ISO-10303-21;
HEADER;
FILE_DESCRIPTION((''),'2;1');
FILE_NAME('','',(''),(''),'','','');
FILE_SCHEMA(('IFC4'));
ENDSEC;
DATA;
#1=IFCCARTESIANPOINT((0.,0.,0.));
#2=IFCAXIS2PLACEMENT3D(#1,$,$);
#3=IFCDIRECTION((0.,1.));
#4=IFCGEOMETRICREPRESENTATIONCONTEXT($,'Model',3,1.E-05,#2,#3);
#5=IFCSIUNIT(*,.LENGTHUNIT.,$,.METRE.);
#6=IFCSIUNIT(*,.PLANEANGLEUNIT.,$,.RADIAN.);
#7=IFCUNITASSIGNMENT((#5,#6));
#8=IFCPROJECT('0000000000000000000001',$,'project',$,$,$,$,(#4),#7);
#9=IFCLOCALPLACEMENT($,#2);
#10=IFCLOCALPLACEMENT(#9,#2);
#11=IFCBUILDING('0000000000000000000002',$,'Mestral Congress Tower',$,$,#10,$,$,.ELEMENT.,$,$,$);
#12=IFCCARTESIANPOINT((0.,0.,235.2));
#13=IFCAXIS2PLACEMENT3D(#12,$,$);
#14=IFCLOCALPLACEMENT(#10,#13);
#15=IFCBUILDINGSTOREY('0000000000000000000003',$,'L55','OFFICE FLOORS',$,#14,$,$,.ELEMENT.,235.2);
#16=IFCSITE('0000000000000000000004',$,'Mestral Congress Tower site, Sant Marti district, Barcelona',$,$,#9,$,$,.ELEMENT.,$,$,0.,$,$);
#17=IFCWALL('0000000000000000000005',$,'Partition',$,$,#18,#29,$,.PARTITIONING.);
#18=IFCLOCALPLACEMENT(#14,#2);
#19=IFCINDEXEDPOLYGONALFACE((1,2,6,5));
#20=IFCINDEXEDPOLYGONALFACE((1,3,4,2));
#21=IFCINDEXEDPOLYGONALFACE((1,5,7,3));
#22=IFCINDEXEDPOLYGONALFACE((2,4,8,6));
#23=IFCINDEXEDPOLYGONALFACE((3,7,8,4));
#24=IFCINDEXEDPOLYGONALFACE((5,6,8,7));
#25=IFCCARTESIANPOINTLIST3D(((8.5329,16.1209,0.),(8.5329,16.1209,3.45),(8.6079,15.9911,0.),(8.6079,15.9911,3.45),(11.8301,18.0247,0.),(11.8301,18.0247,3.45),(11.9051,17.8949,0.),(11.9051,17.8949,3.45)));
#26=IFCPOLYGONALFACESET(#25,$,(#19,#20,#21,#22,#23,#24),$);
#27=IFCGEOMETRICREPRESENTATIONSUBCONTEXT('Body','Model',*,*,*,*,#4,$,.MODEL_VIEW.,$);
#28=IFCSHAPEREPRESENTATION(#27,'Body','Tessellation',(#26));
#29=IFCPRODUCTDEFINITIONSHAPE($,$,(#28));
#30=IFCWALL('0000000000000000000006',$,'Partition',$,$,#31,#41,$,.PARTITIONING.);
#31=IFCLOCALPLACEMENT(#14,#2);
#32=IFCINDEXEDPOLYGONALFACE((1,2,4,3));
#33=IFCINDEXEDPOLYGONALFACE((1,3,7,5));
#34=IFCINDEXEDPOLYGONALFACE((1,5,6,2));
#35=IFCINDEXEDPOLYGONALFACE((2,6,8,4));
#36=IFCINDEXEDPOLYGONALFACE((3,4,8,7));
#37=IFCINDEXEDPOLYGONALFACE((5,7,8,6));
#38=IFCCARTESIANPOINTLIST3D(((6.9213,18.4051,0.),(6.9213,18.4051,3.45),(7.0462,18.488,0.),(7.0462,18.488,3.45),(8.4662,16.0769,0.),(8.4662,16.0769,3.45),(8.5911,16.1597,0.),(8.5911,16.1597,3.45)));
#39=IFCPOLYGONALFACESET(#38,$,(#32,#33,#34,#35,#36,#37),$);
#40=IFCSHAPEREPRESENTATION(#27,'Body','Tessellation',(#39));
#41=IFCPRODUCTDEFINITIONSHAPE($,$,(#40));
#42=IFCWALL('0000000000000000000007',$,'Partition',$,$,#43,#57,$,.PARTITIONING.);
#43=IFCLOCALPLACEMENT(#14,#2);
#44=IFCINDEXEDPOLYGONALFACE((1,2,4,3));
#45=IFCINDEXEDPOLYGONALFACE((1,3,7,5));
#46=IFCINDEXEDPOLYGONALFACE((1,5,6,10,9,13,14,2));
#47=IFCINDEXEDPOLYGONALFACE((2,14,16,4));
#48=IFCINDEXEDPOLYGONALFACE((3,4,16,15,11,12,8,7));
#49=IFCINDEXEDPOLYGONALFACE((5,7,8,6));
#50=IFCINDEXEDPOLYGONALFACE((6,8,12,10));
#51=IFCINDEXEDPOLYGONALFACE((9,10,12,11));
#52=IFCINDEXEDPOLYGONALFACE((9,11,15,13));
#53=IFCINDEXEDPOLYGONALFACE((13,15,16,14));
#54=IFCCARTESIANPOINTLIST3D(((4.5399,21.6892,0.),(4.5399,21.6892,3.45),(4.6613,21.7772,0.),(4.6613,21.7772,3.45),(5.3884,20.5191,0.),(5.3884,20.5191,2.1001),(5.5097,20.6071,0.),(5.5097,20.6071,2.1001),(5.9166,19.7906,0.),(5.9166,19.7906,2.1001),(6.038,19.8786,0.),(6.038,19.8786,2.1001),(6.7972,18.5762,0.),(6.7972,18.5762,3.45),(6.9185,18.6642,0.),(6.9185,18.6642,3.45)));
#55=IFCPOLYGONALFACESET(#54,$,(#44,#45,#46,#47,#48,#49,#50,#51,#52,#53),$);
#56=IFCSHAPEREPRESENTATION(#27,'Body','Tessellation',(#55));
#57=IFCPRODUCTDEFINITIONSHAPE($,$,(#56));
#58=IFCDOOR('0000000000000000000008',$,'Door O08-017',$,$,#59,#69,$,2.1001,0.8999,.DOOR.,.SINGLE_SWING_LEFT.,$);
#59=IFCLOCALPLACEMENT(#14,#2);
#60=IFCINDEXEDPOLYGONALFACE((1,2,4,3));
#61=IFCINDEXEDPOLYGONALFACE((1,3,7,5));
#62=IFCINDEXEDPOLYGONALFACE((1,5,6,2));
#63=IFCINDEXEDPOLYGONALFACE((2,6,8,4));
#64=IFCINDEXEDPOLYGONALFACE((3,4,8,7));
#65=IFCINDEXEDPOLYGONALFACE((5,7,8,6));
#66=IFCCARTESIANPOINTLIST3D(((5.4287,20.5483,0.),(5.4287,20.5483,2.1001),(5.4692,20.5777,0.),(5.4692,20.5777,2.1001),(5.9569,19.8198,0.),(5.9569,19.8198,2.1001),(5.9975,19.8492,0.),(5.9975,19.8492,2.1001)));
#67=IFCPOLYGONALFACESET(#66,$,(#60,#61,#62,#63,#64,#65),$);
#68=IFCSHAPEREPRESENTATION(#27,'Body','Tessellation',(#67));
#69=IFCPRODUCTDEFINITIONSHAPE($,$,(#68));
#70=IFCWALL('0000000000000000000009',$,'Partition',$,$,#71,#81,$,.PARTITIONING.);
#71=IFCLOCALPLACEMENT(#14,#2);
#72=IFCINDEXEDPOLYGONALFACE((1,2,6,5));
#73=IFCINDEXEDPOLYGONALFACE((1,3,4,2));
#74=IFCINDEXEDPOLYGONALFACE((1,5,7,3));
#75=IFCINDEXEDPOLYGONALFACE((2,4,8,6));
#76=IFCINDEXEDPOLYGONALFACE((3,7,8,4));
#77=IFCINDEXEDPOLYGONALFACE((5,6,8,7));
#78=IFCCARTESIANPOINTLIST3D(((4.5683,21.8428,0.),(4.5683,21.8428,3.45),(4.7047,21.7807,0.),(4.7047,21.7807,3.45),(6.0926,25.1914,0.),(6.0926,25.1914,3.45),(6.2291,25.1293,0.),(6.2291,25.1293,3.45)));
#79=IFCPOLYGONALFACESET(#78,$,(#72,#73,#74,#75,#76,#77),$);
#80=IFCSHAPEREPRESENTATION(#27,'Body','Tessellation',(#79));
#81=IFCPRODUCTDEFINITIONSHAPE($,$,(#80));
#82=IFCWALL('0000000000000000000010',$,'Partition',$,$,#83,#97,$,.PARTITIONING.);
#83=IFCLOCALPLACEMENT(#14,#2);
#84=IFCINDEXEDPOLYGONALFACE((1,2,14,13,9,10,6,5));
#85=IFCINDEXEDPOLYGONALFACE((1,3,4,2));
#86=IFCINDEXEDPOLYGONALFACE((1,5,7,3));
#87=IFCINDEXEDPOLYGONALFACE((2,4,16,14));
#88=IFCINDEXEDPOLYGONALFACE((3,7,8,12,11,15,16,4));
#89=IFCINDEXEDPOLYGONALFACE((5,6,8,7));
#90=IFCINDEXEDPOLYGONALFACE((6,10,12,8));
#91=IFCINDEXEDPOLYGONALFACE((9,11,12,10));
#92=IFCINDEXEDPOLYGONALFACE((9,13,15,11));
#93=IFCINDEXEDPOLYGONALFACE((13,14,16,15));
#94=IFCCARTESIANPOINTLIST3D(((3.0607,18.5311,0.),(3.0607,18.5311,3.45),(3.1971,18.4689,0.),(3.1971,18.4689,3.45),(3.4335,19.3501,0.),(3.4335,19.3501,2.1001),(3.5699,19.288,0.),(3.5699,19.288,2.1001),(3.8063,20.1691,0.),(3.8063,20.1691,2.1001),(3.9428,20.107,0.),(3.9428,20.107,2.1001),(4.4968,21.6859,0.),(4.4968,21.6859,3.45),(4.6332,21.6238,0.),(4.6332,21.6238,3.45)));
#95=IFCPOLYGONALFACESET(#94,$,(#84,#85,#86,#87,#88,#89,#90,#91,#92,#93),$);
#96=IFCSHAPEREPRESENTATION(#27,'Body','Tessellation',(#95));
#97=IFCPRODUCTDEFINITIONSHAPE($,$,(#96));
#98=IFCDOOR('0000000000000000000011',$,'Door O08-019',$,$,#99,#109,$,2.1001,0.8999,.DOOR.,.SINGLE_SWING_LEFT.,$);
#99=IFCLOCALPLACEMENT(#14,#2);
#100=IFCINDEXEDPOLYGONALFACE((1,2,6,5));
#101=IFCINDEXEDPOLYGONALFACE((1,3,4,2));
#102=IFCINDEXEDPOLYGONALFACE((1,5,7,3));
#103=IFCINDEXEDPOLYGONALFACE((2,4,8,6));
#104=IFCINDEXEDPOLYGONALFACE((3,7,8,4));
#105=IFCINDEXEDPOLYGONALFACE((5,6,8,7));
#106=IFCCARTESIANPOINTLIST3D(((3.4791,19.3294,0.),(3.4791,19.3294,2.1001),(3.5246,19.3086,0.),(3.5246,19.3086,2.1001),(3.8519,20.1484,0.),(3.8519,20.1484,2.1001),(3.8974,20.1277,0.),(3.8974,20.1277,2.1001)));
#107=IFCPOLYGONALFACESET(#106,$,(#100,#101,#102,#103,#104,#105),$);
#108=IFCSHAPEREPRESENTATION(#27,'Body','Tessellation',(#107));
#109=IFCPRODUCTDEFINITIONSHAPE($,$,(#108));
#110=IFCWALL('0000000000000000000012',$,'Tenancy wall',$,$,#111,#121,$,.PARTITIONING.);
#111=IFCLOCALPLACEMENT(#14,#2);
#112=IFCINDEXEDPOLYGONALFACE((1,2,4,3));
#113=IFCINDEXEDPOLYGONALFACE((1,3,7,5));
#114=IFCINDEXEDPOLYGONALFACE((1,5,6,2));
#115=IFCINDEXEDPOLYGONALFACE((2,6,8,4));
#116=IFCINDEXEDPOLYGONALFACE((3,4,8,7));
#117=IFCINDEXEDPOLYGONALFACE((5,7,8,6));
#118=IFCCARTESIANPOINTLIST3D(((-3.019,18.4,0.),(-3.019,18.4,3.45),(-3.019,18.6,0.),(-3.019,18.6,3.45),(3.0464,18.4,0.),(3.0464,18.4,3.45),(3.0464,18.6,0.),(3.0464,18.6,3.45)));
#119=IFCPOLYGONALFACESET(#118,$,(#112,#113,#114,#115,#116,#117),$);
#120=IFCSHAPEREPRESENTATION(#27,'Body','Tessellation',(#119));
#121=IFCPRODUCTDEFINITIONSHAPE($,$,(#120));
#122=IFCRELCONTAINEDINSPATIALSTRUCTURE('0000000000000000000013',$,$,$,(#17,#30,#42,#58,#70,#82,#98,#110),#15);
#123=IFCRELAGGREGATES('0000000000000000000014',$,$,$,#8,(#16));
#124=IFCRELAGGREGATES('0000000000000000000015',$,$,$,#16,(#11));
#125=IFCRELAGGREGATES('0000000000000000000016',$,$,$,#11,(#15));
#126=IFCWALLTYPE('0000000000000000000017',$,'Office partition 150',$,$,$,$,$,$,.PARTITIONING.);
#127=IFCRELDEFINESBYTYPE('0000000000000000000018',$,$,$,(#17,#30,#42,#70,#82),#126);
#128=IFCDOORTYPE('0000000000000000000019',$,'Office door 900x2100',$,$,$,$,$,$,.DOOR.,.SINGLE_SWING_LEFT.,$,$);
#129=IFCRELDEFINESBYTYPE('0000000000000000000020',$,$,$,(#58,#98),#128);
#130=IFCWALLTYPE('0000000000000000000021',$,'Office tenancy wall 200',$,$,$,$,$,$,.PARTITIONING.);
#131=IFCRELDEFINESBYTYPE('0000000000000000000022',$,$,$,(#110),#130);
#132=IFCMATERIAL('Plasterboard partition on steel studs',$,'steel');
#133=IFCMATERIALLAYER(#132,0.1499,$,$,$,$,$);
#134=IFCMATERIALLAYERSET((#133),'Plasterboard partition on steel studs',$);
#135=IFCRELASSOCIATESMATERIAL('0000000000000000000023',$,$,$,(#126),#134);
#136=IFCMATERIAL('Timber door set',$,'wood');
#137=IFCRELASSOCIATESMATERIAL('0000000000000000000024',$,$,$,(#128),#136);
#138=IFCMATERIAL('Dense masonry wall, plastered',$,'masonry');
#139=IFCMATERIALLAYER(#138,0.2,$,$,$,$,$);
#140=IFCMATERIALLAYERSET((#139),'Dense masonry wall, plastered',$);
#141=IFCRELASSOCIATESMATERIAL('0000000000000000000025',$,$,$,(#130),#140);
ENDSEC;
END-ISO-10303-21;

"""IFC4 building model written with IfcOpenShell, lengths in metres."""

from ifc_helpers import new_model, si_unit, direction, frame, frame_2d, origin, place, context, subcontext, project, spatial, rectangle, extrude, material, layer, layer_set, type_object, element, fill, save


model = new_model("IFC4")

# Units and contexts
model_context = context("Model", 3, precision=1e-05, world=origin(), true_north=direction((0.0, 1.0)))
body_context = subcontext(model_context, "Body", "Model", "MODEL_VIEW")
ifc_project = project(units=[si_unit("LENGTHUNIT", "METRE"), si_unit("PLANEANGLEUNIT", "RADIAN")], contexts=[model_context])

# Site, building, storey
site_placement = place(None, origin())
site = spatial("IfcSite", under=ifc_project, at=site_placement, Name="Mestral Congress Tower site, Sant Marti district, Barcelona", CompositionType="ELEMENT", RefElevation=0.0)
building_placement = place(site_placement, origin())
building = spatial("IfcBuilding", under=site, at=building_placement, Name="Mestral Congress Tower", CompositionType="ELEMENT")
storey_placement = place(building_placement, frame((0.0, 0.0, 235.2)))
storey = spatial("IfcBuildingStorey", under=building, at=storey_placement, Name="L55", Description="OFFICE FLOORS", CompositionType="ELEMENT", Elevation=235.2)

# Walls
ifc_material_1 = material(Name="Plasterboard partition on steel studs", Category="steel")
ifc_layer_1 = layer(ifc_material_1, 0.1499)
ifc_layer_set_1 = layer_set([ifc_layer_1], Name="Plasterboard partition on steel studs")
wall_type_1 = type_object("IfcWallType", Name="Office partition 150", PredefinedType="PARTITIONING", material=ifc_layer_set_1)
wall_1_placement = place(storey_placement, frame((8.5703, 16.0559, 0.0), z_axis=(0.0, 0.0, 1.0), x_axis=(0.866001, 0.500043, 0.0)))
element("IfcWall", 1, at=wall_1_placement, inside=storey, type_object=wall_type_1, Name="Partition", PredefinedType="PARTITIONING", context=body_context, shape_type="SweptSolid", body=[
    extrude(rectangle(XDim=3.8074, YDim=0.1499, at=frame_2d((1.9038, 0.0))), origin(), (0.0, 0.0, 1.0), 3.45),
])
wall_2_placement = place(storey_placement, frame((8.5286, 16.1184, 0.0), z_axis=(0.0, 0.0, 1.0), x_axis=(-0.552884, 0.833258, 0.0)))
element("IfcWall", 2, at=wall_2_placement, inside=storey, type_object=wall_type_1, Name="Partition", PredefinedType="PARTITIONING", context=body_context, shape_type="SweptSolid", body=[
    extrude(rectangle(XDim=2.7942, YDim=0.1499, at=frame_2d((1.397, 0.0))), origin(), (0.0, 0.0, 1.0), 3.45),
])

# Wall, opening, door
wall_3_placement = place(storey_placement, frame((4.6006, 21.7332, 0.0), z_axis=(0.0, 0.0, 1.0), x_axis=(0.587031, -0.809564, 0.0)))
wall_3 = element("IfcWall", 3, at=wall_3_placement, inside=storey, type_object=wall_type_1, Name="Partition", PredefinedType="PARTITIONING", context=body_context, shape_type="SweptSolid", body=[
    extrude(rectangle(XDim=3.8452, YDim=0.1499, at=frame_2d((1.9226, 0.0))), origin(), (0.0, 0.0, 1.0), 3.45),
])
opening_1_placement = place(wall_3_placement, frame((1.4453, 0.0, 0.0)))
opening_1 = element("IfcOpeningElement", 4, at=opening_1_placement, cuts=wall_3, PredefinedType="OPENING", context=body_context, shape_type="SweptSolid", body=[
    extrude(rectangle(XDim=0.8999, YDim=2.1001, at=frame_2d((0.45, 1.05))), frame((0.0, 0.085, 0.0), z_axis=(0.0, -1.0, 0.0), x_axis=(1.0, 0.0, 0.0)), (0.0, 0.0, 1.0), 0.1699),
])
ifc_material_2 = material(Name="Timber door set", Category="wood")
door_type = type_object("IfcDoorType", Name="Office door 900x2100", OperationType="SINGLE_SWING_LEFT", PredefinedType="DOOR", material=ifc_material_2)
door_1_placement = place(opening_1_placement, origin())
door_1 = element("IfcDoor", 5, at=door_1_placement, inside=storey, type_object=door_type, Name="Door O08-017", OperationType="SINGLE_SWING_LEFT", OverallHeight=2.1001, OverallWidth=0.8999, PredefinedType="DOOR", context=body_context, shape_type="SweptSolid", body=[
    extrude(rectangle(XDim=0.8999, YDim=2.1001, at=frame_2d((0.45, 1.05))), frame((0.0, 0.0249, 0.0), z_axis=(0.0, -1.0, 0.0), x_axis=(1.0, 0.0, 0.0)), (0.0, 0.0, 1.0), 0.05),
])
fill(opening_1, door_1)

# Wall
wall_4_placement = place(storey_placement, frame((4.6365, 21.8118, 0.0), z_axis=(0.0, 0.0, 1.0), x_axis=(0.414323, 0.91013, 0.0)))
element("IfcWall", 6, at=wall_4_placement, inside=storey, type_object=wall_type_1, Name="Partition", PredefinedType="PARTITIONING", context=body_context, shape_type="SweptSolid", body=[
    extrude(rectangle(XDim=3.6792, YDim=0.1499, at=frame_2d((1.8396, 0.0))), origin(), (0.0, 0.0, 1.0), 3.45),
])

# Wall, opening, door
wall_5_placement = place(storey_placement, frame((3.1289, 18.5, 0.0), z_axis=(0.0, 0.0, 1.0), x_axis=(0.414291, 0.910144, 0.0)))
wall_5 = element("IfcWall", 7, at=wall_5_placement, inside=storey, type_object=wall_type_1, Name="Partition", PredefinedType="PARTITIONING", context=body_context, shape_type="SweptSolid", body=[
    extrude(rectangle(XDim=3.4663, YDim=0.1499, at=frame_2d((1.7332, 0.0))), origin(), (0.0, 0.0, 1.0), 3.45),
])
opening_2_placement = place(wall_5_placement, frame((0.8999, 0.0, 0.0)))
opening_2 = element("IfcOpeningElement", 8, at=opening_2_placement, cuts=wall_5, PredefinedType="OPENING", context=body_context, shape_type="SweptSolid", body=[
    extrude(rectangle(XDim=0.8999, YDim=2.1001, at=frame_2d((0.45, 1.05))), frame((0.0, 0.085, 0.0), z_axis=(0.0, -1.0, 0.0), x_axis=(1.0, 0.0, 0.0)), (0.0, 0.0, 1.0), 0.1699),
])
door_2_placement = place(opening_2_placement, origin())
door_2 = element("IfcDoor", 9, at=door_2_placement, inside=storey, type_object=door_type, Name="Door O08-019", OperationType="SINGLE_SWING_LEFT", OverallHeight=2.1001, OverallWidth=0.8999, PredefinedType="DOOR", context=body_context, shape_type="SweptSolid", body=[
    extrude(rectangle(XDim=0.8999, YDim=2.1001, at=frame_2d((0.45, 1.05))), frame((0.0, 0.0249, 0.0), z_axis=(0.0, -1.0, 0.0), x_axis=(1.0, 0.0, 0.0)), (0.0, 0.0, 1.0), 0.05),
])
fill(opening_2, door_2)

# Wall
ifc_material_3 = material(Name="Dense masonry wall, plastered", Category="masonry")
ifc_layer_2 = layer(ifc_material_3, 0.2)
ifc_layer_set_2 = layer_set([ifc_layer_2], Name="Dense masonry wall, plastered")
wall_type_2 = type_object("IfcWallType", Name="Office tenancy wall 200", PredefinedType="PARTITIONING", material=ifc_layer_set_2)
wall_6_placement = place(storey_placement, frame((3.0464, 18.5, 0.0), z_axis=(0.0, 0.0, 1.0), x_axis=(-1.0, 0.0, 0.0)))
element("IfcWall", 10, at=wall_6_placement, inside=storey, type_object=wall_type_2, Name="Tenancy wall", PredefinedType="PARTITIONING", context=body_context, shape_type="SweptSolid", body=[
    extrude(rectangle(XDim=6.0654, YDim=0.2, at=frame_2d((3.0327, 0.0))), origin(), (0.0, 0.0, 1.0), 3.45),
])

save(model, "model.ifc")
